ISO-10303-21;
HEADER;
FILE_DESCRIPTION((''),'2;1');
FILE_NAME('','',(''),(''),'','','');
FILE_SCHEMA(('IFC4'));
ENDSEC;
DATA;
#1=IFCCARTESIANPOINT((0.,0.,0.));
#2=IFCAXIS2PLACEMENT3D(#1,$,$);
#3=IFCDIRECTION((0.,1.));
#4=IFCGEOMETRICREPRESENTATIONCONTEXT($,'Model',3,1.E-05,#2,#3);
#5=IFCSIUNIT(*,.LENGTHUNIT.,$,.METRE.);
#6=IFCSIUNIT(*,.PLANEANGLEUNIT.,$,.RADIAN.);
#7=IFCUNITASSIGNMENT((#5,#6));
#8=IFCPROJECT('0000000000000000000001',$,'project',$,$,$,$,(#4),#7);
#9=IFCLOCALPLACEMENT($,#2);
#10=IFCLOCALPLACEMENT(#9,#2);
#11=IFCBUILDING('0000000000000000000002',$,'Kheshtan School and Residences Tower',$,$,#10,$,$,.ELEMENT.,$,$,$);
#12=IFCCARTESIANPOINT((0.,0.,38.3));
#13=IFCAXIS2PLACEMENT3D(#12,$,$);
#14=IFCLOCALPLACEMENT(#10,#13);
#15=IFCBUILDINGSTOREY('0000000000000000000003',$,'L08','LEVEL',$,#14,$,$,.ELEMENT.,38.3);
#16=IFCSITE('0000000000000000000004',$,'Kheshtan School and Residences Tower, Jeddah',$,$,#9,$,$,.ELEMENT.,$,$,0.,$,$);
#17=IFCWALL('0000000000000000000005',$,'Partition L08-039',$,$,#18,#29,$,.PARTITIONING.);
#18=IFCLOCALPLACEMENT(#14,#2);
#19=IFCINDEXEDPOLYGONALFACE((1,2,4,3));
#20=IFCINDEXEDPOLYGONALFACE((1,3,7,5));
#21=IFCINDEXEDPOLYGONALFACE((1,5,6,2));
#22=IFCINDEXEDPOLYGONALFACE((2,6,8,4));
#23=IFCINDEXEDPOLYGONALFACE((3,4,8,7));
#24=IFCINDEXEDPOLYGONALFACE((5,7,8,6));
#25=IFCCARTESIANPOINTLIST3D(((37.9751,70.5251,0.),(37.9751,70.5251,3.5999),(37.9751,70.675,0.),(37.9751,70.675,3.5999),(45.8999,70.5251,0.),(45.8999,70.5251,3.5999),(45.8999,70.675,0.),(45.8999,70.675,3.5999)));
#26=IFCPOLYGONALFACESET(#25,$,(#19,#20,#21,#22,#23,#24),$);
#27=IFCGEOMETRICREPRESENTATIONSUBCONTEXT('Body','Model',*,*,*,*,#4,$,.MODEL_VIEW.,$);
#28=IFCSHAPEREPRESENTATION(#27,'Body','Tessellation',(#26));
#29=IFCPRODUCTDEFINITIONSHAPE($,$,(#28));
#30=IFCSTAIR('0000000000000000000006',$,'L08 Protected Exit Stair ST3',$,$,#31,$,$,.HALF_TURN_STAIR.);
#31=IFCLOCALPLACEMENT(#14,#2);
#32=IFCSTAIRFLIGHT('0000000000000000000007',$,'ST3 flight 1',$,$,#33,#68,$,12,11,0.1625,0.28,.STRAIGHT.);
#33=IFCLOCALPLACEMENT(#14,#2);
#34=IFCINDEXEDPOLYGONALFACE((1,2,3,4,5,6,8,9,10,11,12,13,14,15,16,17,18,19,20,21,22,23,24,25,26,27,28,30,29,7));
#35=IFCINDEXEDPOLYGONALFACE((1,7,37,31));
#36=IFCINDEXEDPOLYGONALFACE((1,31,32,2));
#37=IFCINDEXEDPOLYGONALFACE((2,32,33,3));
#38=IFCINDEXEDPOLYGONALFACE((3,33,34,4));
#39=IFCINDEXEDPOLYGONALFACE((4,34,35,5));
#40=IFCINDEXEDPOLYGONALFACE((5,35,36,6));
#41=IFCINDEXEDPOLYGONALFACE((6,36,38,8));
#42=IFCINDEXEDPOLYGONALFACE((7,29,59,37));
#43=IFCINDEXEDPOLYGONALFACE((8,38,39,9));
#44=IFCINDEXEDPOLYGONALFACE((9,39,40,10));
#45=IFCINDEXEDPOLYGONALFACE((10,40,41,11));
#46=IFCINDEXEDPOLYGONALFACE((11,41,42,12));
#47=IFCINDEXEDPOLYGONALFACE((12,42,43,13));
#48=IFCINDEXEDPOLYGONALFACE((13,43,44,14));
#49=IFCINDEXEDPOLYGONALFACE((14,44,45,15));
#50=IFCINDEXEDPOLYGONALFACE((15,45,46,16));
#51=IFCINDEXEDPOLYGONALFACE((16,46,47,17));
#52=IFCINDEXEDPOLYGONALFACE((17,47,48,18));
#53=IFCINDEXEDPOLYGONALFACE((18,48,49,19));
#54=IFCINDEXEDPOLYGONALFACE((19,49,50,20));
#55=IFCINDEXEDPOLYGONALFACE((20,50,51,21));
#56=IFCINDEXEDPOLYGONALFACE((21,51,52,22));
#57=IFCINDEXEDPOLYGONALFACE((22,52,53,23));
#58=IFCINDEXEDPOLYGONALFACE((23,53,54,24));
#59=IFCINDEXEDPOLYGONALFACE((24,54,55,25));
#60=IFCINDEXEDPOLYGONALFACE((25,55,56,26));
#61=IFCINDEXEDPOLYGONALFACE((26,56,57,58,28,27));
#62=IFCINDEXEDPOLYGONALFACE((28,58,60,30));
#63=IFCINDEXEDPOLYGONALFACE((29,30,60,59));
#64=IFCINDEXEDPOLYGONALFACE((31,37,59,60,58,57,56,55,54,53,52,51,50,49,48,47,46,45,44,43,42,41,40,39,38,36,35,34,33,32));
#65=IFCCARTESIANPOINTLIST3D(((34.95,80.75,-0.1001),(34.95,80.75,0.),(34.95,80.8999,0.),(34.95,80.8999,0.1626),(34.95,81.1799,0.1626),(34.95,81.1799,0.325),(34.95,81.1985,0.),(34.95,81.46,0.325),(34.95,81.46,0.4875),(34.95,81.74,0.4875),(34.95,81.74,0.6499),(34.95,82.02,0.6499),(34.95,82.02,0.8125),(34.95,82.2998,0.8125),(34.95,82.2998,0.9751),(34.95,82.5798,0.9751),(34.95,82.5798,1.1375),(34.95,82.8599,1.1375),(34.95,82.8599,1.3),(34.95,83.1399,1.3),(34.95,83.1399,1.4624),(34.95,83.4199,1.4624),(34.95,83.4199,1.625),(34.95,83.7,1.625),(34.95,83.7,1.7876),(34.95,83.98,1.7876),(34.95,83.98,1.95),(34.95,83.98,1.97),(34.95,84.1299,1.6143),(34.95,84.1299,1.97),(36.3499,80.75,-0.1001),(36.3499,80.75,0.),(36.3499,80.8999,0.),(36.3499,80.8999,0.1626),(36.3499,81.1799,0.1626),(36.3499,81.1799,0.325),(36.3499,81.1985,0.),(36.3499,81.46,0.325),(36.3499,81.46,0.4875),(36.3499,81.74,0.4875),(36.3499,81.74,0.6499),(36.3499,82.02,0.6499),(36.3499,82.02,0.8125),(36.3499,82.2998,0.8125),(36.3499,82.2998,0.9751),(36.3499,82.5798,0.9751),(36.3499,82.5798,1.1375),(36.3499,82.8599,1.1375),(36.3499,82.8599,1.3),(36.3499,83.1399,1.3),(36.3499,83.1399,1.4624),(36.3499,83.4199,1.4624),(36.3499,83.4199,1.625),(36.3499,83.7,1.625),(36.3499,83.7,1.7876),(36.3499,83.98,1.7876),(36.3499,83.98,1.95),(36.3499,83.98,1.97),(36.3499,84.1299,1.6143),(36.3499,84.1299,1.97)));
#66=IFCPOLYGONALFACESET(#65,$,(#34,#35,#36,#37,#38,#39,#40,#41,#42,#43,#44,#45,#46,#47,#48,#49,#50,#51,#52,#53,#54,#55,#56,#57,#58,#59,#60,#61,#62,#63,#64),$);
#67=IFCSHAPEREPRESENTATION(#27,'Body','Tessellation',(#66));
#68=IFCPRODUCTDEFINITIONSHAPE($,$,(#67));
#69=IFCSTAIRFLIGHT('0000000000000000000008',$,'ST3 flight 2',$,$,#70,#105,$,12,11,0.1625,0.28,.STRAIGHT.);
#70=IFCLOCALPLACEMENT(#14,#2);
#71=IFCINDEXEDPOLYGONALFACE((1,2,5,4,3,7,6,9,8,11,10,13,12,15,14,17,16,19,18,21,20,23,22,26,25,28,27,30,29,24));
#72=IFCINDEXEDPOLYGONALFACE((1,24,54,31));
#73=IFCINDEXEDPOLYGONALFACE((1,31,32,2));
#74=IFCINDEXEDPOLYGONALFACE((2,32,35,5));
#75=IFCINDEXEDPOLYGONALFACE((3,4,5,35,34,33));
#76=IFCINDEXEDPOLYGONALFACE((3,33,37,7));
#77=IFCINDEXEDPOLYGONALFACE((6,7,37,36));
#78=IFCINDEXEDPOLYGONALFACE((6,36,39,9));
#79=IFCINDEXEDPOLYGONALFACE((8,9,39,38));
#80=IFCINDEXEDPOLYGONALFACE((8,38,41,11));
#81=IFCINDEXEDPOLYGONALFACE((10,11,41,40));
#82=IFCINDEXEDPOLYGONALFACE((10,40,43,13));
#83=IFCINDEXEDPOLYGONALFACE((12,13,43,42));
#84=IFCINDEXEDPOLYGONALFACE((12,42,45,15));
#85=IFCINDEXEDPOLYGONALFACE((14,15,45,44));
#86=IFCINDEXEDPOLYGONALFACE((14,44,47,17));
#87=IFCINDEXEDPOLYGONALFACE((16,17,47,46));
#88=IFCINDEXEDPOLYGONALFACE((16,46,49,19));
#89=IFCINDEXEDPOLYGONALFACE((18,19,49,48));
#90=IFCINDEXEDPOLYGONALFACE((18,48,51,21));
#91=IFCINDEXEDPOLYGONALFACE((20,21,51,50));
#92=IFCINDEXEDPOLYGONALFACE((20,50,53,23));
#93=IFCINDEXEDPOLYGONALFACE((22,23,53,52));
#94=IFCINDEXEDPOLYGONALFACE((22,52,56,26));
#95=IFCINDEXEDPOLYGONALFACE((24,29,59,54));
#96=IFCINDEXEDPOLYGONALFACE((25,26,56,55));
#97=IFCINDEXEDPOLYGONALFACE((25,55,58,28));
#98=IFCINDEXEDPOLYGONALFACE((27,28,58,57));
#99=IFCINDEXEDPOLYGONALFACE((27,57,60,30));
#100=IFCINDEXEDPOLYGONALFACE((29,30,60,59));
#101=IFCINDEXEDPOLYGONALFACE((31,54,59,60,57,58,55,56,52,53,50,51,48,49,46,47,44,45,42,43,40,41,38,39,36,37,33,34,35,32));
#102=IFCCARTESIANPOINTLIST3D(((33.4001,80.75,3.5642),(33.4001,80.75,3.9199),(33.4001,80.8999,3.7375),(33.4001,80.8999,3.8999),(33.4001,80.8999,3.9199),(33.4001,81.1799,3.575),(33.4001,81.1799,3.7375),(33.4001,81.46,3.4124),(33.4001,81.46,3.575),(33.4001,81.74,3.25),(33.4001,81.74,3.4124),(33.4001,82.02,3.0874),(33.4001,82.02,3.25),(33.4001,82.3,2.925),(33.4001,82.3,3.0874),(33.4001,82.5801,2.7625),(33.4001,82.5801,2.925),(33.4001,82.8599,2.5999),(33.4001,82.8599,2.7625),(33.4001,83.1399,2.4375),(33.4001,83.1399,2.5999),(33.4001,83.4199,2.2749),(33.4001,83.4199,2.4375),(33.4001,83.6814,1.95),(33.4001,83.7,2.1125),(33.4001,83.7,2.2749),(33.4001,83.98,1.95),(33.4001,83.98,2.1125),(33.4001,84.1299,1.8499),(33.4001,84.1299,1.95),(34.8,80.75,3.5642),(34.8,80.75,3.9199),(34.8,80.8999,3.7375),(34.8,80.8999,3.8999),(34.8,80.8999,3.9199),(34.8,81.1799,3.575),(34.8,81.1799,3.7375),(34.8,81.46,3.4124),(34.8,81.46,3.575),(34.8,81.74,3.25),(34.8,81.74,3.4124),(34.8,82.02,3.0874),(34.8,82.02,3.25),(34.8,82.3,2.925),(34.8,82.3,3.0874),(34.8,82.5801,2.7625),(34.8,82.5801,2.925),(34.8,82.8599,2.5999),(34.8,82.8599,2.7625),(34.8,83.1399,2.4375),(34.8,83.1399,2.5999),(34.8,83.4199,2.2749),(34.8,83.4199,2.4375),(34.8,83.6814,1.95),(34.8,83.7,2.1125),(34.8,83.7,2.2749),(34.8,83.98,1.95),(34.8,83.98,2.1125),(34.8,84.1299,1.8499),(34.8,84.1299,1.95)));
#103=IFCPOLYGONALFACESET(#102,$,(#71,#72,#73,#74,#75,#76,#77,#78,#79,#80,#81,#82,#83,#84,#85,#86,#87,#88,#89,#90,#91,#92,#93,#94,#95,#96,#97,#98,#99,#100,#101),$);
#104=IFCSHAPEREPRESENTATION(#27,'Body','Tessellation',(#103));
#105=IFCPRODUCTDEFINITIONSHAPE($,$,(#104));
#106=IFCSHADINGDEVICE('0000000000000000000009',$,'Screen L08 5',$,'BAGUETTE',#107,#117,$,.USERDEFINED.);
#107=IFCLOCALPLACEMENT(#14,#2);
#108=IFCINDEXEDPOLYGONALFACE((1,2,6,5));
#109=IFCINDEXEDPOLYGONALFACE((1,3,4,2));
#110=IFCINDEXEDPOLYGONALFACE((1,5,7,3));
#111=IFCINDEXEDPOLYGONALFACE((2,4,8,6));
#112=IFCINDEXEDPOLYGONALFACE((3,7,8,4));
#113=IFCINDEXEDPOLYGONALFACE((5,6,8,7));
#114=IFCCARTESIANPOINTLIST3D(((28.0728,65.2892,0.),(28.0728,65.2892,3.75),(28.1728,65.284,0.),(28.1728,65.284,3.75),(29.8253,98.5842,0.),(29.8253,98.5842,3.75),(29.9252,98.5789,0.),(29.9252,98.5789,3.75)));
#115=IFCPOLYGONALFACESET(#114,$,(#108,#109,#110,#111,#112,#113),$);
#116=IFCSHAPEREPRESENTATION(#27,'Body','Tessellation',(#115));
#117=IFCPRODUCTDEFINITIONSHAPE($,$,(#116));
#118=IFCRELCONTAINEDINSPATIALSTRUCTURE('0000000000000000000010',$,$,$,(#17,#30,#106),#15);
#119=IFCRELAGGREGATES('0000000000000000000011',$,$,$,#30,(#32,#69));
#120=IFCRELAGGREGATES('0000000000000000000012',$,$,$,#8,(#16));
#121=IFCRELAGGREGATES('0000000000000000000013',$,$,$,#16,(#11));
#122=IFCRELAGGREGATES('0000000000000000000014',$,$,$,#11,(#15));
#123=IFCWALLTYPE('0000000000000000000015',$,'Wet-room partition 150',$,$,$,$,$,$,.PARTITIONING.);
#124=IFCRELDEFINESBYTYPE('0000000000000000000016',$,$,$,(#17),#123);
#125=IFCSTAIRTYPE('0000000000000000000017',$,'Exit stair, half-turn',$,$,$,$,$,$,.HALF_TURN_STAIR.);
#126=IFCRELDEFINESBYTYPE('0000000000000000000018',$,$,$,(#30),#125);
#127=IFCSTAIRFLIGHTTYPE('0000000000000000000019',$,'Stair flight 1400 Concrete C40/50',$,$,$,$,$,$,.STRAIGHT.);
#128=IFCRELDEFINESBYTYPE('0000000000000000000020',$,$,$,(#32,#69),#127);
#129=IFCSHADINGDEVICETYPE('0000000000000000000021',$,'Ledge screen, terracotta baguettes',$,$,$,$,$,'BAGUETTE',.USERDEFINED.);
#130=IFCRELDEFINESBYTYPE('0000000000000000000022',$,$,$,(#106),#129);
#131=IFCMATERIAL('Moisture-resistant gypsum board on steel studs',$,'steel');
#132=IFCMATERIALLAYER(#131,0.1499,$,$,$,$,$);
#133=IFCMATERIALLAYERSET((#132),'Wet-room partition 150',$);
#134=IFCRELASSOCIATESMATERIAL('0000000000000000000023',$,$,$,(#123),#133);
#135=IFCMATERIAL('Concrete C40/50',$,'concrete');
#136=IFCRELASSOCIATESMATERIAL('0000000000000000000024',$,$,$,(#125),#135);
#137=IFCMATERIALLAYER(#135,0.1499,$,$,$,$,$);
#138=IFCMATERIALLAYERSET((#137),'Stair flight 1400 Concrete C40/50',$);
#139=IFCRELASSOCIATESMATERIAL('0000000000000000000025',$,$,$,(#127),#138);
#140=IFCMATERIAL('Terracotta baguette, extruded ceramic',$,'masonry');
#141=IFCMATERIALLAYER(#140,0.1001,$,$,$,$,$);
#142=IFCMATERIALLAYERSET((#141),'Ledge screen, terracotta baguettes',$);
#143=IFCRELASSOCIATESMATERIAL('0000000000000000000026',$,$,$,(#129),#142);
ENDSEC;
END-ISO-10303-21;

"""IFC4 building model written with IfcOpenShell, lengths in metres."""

from ifc_helpers import new_model, si_unit, direction, frame, frame_2d, origin, origin_2d, place, context, subcontext, project, spatial, polyline, rectangle, outline, extrude, material, layer, layer_set, type_object, element, aggregate, save


model = new_model("IFC4")

# Units and contexts
model_context = context("Model", 3, precision=1e-05, world=origin(), true_north=direction((0.0, 1.0)))
body_context = subcontext(model_context, "Body", "Model", "MODEL_VIEW")
ifc_project = project(units=[si_unit("LENGTHUNIT", "METRE"), si_unit("PLANEANGLEUNIT", "RADIAN")], contexts=[model_context])

# Site, building, storey
site_placement = place(None, origin())
site = spatial("IfcSite", under=ifc_project, at=site_placement, Name="Kheshtan School and Residences Tower, Jeddah", CompositionType="ELEMENT", RefElevation=0.0)
building_placement = place(site_placement, origin())
building = spatial("IfcBuilding", under=site, at=building_placement, Name="Kheshtan School and Residences Tower", CompositionType="ELEMENT")
storey_placement = place(building_placement, frame((0.0, 0.0, 38.3)))
storey = spatial("IfcBuildingStorey", under=building, at=storey_placement, Name="L08", Description="LEVEL", CompositionType="ELEMENT", Elevation=38.3)

# Shared definitions
ifc_material_1 = material(Name="Concrete C40/50", Category="concrete")

# Wall
ifc_material_2 = material(Name="Moisture-resistant gypsum board on steel studs", Category="steel")
ifc_layer_1 = layer(ifc_material_2, 0.1499)
ifc_layer_set_1 = layer_set([ifc_layer_1], Name="Wet-room partition 150")
wall_type_1 = type_object("IfcWallType", Name="Wet-room partition 150", PredefinedType="PARTITIONING", material=ifc_layer_set_1)
wall_1_placement = place(storey_placement, frame((37.9751, 70.6001, 0.0), z_axis=(0.0, 0.0, 1.0), x_axis=(1.0, 0.0, 0.0)))
element("IfcWall", 1, at=wall_1_placement, inside=storey, type_object=wall_type_1, Name="Partition L08-039", PredefinedType="PARTITIONING", context=body_context, shape_type="SweptSolid", body=[
    extrude(rectangle(XDim=7.9248, YDim=0.1499, at=frame_2d((3.9624, 0.0))), origin(), (0.0, 0.0, 1.0), 3.5999),
])

# Stair, stair flights
stair_type = type_object("IfcStairType", Name="Exit stair, half-turn", PredefinedType="HALF_TURN_STAIR", material=ifc_material_1)
stair_placement = place(storey_placement, origin())
stair = element("IfcStair", 2, at=stair_placement, inside=storey, type_object=stair_type, Name="L08 Protected Exit Stair ST3", PredefinedType="HALF_TURN_STAIR")
ifc_layer_2 = layer(ifc_material_1, 0.1499)
ifc_layer_set_2 = layer_set([ifc_layer_2], Name="Stair flight 1400 Concrete C40/50")
stair_flight_type = type_object("IfcStairFlightType", Name="Stair flight 1400 Concrete C40/50", PredefinedType="STRAIGHT", material=ifc_layer_set_2)
stair_flight_1_placement = place(storey_placement, frame((35.6499, 80.8999, 0.0), z_axis=(0.0, 0.0, 1.0), x_axis=(0.0, 1.0, 0.0)))
stair_flight_1 = element("IfcStairFlight", 3, at=stair_flight_1_placement, type_object=stair_flight_type, Name="ST3 flight 1", NumberOfRisers=12, NumberOfTreads=11, PredefinedType="STRAIGHT", RiserHeight=0.1625, TreadLength=0.28, context=body_context, shape_type="SweptSolid", body=[
    extrude(outline(polyline([(-0.1499, -0.1001), (-0.1499, 0.0), (0.0, 0.0), (0.0, 0.1626), (0.28, 0.1626), (0.28, 0.325), (0.5601, 0.325), (0.5601, 0.4875), (0.8401, 0.4875), (0.8401, 0.6499), (1.1201, 0.6499), (1.1201, 0.8125), (1.3999, 0.8125), (1.3999, 0.9751), (1.6799, 0.9751), (1.6799, 1.1375), (1.96, 1.1375), (1.96, 1.3), (2.24, 1.3), (2.24, 1.4624), (2.52, 1.4624), (2.52, 1.625), (2.8, 1.625), (2.8, 1.7876), (3.0801, 1.7876), (3.0801, 1.95), (3.0801, 1.97), (3.23, 1.97), (3.23, 1.6143), (0.2986, 0.0), (-0.1499, -0.1001)])), frame((0.0, 0.7, 0.0), z_axis=(0.0, -1.0, 0.0), x_axis=(1.0, 0.0, 0.0)), (0.0, 0.0, 1.0), 1.3999),
])
stair_flight_2_placement = place(storey_placement, frame((34.1001, 83.98, 1.95), z_axis=(0.0, 0.0, 1.0), x_axis=(0.0, -1.0, 0.0)))
stair_flight_2 = element("IfcStairFlight", 4, at=stair_flight_2_placement, type_object=stair_flight_type, Name="ST3 flight 2", NumberOfRisers=12, NumberOfTreads=11, PredefinedType="STRAIGHT", RiserHeight=0.1625, TreadLength=0.28, context=body_context, shape_type="SweptSolid", body=[
    extrude(outline(polyline([(-0.1499, -0.1001), (-0.1499, 0.0), (0.0, 0.0), (0.0, 0.1626), (0.28, 0.1626), (0.28, 0.325), (0.5601, 0.325), (0.5601, 0.4875), (0.8401, 0.4875), (0.8401, 0.6499), (1.1201, 0.6499), (1.1201, 0.8125), (1.3999, 0.8125), (1.3999, 0.9751), (1.6799, 0.9751), (1.6799, 1.1375), (1.96, 1.1375), (1.96, 1.3), (2.24, 1.3), (2.24, 1.4624), (2.52, 1.4624), (2.52, 1.625), (2.8, 1.625), (2.8, 1.7876), (3.0801, 1.7876), (3.0801, 1.95), (3.0801, 1.97), (3.23, 1.97), (3.23, 1.6143), (0.2986, 0.0), (-0.1499, -0.1001)])), frame((0.0, 0.7, 0.0), z_axis=(0.0, -1.0, 0.0), x_axis=(1.0, 0.0, 0.0)), (0.0, 0.0, 1.0), 1.3999),
])
aggregate(stair, [stair_flight_1, stair_flight_2])

# Shading device
ifc_material_3 = material(Name="Terracotta baguette, extruded ceramic", Category="masonry")
ifc_layer_3 = layer(ifc_material_3, 0.1001)
ifc_layer_set_3 = layer_set([ifc_layer_3], Name="Ledge screen, terracotta baguettes")
shading_device_type = type_object("IfcShadingDeviceType", Name="Ledge screen, terracotta baguettes", ElementType="BAGUETTE", PredefinedType="USERDEFINED", material=ifc_layer_set_3)
shading_device_placement = place(storey_placement, frame((28.999, 81.9341, 0.0), z_axis=(0.0, 0.0, 1.0), x_axis=(0.052563, 0.998618, 0.0)))
element("IfcShadingDevice", 5, at=shading_device_placement, inside=storey, type_object=shading_device_type, Name="Screen L08 5", ObjectType="BAGUETTE", PredefinedType="USERDEFINED", context=body_context, shape_type="SweptSolid", body=[
    extrude(rectangle(XDim=33.3411, YDim=0.1001, at=origin_2d()), origin(), (0.0, 0.0, 1.0), 3.75),
])

save(model, "model.ifc")
